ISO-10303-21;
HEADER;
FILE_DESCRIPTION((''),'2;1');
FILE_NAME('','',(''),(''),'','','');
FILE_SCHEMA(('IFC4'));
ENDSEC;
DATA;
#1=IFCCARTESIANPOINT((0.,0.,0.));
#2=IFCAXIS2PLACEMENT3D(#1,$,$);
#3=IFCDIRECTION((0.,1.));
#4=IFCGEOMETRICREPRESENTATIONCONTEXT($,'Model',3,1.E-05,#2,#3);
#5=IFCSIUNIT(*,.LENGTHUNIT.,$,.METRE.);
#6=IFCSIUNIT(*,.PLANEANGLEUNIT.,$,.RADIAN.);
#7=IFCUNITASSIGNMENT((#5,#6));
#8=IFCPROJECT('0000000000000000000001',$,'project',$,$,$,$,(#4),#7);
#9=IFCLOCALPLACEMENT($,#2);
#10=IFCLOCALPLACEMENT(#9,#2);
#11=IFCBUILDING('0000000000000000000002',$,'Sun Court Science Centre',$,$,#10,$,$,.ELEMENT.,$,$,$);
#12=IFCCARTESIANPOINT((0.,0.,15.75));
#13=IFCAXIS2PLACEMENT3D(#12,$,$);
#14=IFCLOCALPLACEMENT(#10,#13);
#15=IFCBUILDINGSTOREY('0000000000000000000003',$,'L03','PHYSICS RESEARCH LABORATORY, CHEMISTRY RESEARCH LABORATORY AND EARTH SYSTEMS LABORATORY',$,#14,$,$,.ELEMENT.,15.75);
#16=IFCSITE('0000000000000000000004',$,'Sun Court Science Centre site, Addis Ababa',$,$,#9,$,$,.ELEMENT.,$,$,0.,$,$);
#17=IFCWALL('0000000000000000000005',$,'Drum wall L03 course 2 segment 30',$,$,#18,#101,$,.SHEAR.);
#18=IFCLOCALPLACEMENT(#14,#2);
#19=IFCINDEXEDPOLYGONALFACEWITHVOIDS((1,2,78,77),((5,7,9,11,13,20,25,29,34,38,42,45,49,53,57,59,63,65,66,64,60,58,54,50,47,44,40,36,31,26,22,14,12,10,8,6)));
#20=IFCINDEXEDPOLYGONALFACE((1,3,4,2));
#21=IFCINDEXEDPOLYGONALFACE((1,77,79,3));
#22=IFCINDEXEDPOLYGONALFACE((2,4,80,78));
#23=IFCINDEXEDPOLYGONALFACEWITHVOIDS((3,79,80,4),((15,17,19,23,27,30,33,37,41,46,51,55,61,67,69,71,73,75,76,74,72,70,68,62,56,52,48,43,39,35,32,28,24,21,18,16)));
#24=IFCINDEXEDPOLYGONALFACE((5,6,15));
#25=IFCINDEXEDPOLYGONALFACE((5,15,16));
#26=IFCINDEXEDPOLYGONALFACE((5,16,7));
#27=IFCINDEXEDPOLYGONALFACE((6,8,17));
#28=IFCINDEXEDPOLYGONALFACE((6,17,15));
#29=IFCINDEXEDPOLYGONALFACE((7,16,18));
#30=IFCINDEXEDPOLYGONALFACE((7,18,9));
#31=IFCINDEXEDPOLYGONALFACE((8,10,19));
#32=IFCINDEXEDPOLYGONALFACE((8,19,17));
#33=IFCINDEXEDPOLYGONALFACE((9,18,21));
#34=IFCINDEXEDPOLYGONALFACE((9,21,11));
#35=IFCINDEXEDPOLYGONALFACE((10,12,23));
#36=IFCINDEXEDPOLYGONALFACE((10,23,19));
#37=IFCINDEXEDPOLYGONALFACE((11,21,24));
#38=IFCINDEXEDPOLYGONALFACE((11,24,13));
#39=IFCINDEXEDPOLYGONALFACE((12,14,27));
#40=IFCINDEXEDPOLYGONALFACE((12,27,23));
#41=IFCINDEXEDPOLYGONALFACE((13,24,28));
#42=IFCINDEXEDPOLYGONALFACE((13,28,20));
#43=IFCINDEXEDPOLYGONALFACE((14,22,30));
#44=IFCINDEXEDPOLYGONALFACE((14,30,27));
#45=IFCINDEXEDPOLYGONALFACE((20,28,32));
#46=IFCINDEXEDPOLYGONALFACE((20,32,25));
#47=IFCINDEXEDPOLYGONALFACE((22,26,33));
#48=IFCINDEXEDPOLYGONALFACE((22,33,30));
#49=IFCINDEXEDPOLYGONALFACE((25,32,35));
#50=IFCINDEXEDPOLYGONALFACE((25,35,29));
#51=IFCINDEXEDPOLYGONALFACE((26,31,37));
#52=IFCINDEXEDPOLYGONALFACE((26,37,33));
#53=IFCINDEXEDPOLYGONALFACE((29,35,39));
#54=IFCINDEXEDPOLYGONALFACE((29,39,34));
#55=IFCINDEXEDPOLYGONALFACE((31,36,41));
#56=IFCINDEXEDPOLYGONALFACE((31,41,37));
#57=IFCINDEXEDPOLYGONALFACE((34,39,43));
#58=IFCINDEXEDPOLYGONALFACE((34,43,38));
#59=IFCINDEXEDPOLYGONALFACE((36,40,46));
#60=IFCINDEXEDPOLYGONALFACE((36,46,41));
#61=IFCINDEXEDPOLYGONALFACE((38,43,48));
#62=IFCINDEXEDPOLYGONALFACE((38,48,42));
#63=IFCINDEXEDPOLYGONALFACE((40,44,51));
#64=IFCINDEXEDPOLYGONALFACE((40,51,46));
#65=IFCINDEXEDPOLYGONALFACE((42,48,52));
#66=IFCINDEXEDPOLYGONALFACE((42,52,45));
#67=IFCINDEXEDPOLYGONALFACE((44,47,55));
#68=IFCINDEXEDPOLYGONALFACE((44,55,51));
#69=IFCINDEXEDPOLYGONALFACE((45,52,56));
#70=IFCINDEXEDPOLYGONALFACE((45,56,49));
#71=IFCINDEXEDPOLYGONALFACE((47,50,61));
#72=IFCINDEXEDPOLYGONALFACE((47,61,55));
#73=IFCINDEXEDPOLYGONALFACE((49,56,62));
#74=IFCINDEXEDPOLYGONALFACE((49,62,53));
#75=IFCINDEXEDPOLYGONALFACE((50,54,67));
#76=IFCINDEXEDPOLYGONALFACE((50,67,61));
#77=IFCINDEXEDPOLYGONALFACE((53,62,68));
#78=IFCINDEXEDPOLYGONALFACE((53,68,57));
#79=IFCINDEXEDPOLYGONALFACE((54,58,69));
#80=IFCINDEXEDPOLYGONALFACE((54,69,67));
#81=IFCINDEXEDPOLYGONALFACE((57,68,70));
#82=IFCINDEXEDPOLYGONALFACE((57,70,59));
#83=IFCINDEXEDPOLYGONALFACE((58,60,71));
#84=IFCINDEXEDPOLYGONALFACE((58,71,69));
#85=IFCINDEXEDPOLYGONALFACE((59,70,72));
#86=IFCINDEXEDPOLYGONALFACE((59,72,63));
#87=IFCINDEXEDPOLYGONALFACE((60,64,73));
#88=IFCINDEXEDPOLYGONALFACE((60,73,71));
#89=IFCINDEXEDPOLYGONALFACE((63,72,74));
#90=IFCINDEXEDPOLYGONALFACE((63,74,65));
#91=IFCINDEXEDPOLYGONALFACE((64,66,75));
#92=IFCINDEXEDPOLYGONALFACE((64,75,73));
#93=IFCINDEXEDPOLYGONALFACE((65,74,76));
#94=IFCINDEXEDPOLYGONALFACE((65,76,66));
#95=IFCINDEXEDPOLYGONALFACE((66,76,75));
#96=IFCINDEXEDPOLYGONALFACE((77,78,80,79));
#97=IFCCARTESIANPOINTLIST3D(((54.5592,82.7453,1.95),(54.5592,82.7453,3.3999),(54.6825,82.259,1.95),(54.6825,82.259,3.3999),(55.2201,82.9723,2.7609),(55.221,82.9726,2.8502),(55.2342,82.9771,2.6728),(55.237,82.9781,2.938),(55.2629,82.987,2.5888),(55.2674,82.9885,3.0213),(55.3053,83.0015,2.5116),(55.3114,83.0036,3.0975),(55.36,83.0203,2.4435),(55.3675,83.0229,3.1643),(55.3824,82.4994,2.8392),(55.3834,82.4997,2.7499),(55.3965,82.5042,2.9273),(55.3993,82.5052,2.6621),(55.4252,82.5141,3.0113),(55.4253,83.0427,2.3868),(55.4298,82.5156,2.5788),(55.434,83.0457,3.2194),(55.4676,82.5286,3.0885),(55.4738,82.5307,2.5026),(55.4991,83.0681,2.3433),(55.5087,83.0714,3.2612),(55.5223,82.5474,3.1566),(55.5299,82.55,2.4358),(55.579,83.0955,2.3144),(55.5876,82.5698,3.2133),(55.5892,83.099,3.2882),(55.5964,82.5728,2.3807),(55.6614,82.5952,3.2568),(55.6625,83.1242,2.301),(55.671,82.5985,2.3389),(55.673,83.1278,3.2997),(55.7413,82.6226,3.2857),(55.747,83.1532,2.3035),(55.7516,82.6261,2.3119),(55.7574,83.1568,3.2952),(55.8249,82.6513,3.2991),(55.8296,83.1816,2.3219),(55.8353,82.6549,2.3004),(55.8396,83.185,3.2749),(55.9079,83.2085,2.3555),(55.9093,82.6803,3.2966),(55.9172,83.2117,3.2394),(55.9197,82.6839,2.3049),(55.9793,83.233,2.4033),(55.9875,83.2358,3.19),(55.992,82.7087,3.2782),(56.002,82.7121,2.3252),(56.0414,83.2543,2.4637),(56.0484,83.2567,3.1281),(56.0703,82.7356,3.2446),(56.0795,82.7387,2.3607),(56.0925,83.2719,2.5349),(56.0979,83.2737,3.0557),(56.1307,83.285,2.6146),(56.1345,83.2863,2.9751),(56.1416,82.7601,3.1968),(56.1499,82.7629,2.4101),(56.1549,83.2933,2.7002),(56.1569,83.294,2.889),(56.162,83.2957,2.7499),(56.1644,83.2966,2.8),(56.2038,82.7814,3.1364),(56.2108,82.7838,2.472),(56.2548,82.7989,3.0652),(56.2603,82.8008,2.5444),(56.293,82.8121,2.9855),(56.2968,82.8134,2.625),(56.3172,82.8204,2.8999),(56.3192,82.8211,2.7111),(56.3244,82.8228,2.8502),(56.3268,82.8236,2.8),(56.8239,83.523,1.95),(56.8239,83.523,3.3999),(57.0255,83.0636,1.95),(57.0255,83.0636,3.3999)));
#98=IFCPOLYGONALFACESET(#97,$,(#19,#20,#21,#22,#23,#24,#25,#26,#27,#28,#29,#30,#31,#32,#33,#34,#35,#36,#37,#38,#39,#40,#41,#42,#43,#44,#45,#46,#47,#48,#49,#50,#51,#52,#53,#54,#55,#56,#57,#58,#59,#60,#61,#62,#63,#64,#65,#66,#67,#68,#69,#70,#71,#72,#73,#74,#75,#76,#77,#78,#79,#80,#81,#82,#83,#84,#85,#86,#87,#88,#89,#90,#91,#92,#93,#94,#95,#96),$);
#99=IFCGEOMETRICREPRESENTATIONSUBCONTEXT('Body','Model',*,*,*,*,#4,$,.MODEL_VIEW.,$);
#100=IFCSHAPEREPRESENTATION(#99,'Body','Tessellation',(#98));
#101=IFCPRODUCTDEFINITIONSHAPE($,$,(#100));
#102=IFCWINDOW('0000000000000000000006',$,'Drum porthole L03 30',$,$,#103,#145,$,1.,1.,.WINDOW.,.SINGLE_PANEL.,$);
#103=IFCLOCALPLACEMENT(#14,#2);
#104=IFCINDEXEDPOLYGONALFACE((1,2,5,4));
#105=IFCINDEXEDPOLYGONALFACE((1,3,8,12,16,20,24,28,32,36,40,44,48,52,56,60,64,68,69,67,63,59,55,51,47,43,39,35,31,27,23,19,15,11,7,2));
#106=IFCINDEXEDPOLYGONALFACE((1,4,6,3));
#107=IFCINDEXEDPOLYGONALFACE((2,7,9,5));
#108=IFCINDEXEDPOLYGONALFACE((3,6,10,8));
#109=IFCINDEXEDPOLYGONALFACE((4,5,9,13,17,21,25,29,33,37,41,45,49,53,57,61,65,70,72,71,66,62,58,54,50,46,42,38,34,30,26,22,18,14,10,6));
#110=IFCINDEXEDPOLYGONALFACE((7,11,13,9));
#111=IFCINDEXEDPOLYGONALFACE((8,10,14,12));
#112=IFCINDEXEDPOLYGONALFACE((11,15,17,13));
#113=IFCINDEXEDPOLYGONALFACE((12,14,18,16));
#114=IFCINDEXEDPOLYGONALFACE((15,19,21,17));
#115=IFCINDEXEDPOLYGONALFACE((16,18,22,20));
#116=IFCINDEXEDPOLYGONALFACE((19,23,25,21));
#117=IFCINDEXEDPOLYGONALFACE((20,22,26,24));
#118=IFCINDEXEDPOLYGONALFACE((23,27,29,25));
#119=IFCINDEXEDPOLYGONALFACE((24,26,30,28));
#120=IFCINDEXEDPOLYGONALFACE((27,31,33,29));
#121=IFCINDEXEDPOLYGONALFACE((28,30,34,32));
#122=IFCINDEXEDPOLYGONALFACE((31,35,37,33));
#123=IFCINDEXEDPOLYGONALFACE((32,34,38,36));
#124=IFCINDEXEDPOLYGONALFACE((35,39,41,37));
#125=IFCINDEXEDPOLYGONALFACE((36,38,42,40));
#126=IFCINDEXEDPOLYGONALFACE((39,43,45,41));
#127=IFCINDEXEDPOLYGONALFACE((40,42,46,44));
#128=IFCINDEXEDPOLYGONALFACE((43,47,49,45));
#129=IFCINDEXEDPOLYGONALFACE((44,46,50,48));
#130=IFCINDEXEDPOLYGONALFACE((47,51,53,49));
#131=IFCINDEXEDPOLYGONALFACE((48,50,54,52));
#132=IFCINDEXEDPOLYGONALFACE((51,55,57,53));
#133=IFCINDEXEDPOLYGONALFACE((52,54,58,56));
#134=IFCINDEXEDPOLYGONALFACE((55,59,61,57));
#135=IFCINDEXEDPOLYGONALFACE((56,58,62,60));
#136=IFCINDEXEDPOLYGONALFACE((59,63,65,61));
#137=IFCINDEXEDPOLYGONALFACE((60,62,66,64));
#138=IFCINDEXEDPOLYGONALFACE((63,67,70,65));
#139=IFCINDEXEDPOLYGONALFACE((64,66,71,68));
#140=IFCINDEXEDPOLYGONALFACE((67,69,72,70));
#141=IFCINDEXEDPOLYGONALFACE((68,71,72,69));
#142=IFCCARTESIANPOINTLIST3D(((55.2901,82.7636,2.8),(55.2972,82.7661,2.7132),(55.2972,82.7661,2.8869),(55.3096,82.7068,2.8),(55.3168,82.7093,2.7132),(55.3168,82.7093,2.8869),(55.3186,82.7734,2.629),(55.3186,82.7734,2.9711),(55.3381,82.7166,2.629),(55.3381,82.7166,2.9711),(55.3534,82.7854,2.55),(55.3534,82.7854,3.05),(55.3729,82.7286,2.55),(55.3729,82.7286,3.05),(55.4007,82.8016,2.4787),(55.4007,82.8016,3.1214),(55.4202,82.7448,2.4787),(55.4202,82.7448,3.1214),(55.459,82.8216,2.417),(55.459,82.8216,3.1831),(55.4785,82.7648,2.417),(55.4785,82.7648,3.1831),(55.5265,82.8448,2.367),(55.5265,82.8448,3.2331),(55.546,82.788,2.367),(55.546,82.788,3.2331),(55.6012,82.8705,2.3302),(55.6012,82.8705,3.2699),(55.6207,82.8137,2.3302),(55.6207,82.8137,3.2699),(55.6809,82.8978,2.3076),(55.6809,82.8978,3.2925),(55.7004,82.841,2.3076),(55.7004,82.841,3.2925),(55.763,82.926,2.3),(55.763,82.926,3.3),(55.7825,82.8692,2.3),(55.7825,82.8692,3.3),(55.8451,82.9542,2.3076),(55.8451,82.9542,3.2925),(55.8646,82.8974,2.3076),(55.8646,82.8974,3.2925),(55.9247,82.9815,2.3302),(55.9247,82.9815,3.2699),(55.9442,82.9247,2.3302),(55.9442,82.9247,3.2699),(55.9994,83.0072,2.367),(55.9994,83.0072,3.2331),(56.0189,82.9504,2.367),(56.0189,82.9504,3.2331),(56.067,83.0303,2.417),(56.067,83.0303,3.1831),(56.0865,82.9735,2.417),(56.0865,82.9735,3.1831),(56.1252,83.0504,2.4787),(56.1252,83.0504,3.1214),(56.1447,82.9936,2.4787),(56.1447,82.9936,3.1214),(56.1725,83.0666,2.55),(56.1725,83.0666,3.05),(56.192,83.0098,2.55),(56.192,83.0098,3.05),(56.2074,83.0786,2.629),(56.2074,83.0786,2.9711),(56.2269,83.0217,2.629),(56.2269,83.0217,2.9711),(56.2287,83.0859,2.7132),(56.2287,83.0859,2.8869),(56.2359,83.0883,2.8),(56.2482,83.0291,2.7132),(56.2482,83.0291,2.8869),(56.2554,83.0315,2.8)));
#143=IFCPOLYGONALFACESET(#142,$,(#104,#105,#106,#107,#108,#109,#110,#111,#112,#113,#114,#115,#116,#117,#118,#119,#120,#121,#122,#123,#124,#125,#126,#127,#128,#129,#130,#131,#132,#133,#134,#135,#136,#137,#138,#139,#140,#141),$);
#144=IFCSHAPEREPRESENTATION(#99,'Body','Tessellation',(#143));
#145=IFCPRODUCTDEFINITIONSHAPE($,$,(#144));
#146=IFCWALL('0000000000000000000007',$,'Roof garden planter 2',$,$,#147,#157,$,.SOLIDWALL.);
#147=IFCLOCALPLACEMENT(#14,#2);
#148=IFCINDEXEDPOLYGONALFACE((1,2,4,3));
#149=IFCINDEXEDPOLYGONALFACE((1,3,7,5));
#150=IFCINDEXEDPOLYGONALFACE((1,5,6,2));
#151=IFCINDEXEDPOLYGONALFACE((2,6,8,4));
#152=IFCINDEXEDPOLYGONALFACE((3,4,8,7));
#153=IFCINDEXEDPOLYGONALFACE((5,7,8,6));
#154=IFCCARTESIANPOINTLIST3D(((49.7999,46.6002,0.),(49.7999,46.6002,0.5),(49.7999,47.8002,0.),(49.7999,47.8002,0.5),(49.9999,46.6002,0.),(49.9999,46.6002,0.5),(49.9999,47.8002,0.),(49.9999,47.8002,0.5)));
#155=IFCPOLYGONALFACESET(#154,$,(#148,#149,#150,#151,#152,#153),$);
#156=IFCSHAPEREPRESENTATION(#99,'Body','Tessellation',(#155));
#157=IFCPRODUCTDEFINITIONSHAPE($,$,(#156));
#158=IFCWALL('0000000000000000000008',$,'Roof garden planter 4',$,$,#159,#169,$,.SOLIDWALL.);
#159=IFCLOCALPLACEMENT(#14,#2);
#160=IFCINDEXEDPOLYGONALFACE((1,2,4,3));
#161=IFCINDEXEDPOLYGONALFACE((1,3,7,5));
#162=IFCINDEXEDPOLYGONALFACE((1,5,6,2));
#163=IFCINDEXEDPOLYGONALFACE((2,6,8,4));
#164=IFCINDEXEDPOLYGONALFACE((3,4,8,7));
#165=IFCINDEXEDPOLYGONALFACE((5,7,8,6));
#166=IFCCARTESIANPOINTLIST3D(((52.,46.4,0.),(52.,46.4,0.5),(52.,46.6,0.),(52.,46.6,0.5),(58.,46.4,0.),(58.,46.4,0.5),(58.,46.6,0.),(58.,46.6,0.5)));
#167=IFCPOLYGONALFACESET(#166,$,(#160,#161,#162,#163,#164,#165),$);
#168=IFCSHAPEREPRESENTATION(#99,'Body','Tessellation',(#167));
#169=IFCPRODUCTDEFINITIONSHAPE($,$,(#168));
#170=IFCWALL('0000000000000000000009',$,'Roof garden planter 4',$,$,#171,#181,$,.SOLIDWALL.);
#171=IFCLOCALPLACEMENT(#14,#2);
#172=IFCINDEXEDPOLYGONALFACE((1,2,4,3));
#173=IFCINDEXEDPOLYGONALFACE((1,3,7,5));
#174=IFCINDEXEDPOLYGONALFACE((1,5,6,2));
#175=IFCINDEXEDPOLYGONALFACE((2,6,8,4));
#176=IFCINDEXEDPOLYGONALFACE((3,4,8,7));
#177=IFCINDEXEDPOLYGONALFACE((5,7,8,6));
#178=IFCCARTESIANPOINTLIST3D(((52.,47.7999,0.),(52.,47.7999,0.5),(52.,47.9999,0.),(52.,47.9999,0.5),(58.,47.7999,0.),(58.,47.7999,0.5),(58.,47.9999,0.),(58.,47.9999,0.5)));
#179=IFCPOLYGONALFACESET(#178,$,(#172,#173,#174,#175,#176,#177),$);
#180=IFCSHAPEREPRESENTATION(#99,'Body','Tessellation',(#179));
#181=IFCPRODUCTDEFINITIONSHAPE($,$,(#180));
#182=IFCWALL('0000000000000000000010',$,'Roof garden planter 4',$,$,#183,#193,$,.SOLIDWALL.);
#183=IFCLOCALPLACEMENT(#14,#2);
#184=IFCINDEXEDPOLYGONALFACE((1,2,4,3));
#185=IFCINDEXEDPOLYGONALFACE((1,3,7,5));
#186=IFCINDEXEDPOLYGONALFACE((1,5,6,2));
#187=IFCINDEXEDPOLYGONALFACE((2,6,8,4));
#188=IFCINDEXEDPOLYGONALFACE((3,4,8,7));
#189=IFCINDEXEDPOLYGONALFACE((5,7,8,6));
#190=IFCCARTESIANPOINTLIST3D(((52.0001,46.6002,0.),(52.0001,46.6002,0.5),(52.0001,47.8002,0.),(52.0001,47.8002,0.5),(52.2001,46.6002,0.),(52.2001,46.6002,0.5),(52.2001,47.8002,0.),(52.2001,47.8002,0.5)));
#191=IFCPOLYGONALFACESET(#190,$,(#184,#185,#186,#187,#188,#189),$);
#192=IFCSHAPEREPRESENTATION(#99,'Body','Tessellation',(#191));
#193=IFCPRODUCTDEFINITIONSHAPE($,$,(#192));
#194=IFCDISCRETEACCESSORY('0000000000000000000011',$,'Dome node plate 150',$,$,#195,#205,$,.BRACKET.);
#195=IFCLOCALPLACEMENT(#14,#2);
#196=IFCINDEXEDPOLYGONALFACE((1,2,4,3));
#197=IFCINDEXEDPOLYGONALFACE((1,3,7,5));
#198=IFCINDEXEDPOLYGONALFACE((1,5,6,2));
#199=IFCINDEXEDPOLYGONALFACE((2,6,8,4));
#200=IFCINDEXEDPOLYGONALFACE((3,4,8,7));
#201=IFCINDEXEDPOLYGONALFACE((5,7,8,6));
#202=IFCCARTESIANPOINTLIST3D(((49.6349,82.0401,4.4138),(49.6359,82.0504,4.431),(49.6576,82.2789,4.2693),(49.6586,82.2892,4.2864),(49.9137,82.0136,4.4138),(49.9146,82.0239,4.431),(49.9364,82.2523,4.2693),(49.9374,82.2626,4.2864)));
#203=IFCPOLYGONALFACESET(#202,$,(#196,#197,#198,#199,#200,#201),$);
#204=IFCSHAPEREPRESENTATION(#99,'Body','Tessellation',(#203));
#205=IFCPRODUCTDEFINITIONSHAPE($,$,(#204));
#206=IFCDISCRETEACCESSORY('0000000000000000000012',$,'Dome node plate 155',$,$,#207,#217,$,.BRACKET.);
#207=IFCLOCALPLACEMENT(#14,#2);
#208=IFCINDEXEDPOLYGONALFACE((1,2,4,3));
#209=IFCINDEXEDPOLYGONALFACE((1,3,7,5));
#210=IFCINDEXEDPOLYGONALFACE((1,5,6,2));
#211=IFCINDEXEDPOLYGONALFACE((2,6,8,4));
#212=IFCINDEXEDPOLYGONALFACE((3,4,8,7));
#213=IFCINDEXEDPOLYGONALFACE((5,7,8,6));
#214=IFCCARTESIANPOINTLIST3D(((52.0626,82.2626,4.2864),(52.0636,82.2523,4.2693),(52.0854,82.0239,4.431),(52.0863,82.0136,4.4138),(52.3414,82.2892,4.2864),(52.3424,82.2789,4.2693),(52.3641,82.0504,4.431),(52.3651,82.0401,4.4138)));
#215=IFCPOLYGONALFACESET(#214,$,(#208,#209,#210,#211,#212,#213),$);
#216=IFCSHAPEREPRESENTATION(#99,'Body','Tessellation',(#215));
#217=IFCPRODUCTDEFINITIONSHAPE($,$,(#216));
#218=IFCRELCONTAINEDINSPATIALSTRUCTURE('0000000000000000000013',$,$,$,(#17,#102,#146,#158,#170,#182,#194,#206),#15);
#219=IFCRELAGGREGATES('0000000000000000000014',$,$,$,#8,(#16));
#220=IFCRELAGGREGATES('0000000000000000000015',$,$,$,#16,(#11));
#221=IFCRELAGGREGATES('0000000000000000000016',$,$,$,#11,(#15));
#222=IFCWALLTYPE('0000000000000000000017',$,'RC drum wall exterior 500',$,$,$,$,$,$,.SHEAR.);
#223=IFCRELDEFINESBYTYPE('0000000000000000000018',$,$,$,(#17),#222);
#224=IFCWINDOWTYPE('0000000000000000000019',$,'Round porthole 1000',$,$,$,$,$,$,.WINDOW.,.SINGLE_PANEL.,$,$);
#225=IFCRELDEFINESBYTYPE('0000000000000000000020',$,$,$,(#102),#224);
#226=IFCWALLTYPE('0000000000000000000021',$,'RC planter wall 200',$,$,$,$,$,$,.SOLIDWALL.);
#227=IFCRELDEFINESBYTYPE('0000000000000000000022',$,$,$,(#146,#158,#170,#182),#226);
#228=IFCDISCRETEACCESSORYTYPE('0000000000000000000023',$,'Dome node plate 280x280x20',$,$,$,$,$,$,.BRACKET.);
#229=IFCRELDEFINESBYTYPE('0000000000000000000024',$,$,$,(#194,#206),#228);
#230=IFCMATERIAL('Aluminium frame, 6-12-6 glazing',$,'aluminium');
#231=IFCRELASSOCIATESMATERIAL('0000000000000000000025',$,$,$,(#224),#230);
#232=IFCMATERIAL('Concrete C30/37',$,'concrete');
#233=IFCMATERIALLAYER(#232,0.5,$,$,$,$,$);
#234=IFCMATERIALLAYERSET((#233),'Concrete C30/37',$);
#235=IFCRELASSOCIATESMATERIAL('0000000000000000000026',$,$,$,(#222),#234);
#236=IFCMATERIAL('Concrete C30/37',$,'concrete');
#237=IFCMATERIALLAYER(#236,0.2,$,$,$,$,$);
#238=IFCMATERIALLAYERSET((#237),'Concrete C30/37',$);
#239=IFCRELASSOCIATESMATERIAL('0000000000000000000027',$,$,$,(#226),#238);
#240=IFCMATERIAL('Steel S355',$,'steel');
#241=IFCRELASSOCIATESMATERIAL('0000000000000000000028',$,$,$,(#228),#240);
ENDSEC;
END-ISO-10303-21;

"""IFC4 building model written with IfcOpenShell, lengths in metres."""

from ifc_helpers import new_model, si_unit, direction, frame, frame_2d, origin, origin_2d, place, context, subcontext, project, spatial, polyline, rectangle, circle, outline, extrude, material, layer, layer_set, material_profile, profile_set, type_object, element, fill, save


model = new_model("IFC4")

# Units and contexts
model_context = context("Model", 3, precision=1e-05, world=origin(), true_north=direction((0.0, 1.0)))
body_context = subcontext(model_context, "Body", "Model", "MODEL_VIEW")
ifc_project = project(units=[si_unit("LENGTHUNIT", "METRE"), si_unit("PLANEANGLEUNIT", "RADIAN")], contexts=[model_context])

# Site, building, storey
site_placement = place(None, origin())
site = spatial("IfcSite", under=ifc_project, at=site_placement, Name="Sun Court Science Centre site, Addis Ababa", CompositionType="ELEMENT", RefElevation=0.0)
building_placement = place(site_placement, origin())
building = spatial("IfcBuilding", under=site, at=building_placement, Name="Sun Court Science Centre", CompositionType="ELEMENT")
storey_placement = place(building_placement, frame((0.0, 0.0, 15.75)))
storey = spatial("IfcBuildingStorey", under=building, at=storey_placement, Name="L03", Description="PHYSICS RESEARCH LABORATORY, CHEMISTRY RESEARCH LABORATORY AND EARTH SYSTEMS LABORATORY", CompositionType="ELEMENT", Elevation=15.75)

# Shared definitions
ifc_material_1 = material(Name="Aluminium frame, 6-12-6 glazing", Category="aluminium")
window_type = type_object("IfcWindowType", Name="Round porthole 1000", PartitioningType="SINGLE_PANEL", PredefinedType="WINDOW", material=ifc_material_1)

# Shared definitions
ifc_material_2 = material(Name="Concrete C30/37", Category="concrete")
ifc_layer_1 = layer(ifc_material_2, 0.5)
ifc_layer_set_1 = layer_set([ifc_layer_1], Name="Concrete C30/37")
wall_type_1 = type_object("IfcWallType", Name="RC drum wall exterior 500", PredefinedType="SHEAR", material=ifc_layer_set_1)

# Wall, opening, window
wall_1_placement = place(storey_placement, frame((54.6011, 82.4954, 1.95), z_axis=(0.0, 0.0, 1.0), x_axis=(0.945817, 0.3247, 0.0)))
wall_1 = element("IfcWall", 1, at=wall_1_placement, inside=storey, type_object=wall_type_1, Name="Drum wall L03 course 2 segment 30", PredefinedType="SHEAR", context=body_context, shape_type="SweptSolid", body=[
    extrude(outline(polyline([(0.0002, -0.25), (2.4775, -0.2498), (2.436, 0.2502), (0.0415, 0.25), (0.0002, -0.25)])), origin(), (0.0, 0.0, 1.0), 1.45),
])
opening_1_placement = place(wall_1_placement, frame((0.7388, 0.0, 0.3501)))
opening_1 = element("IfcOpeningElement", 2, at=opening_1_placement, cuts=wall_1, PredefinedType="OPENING", context=body_context, shape_type="SweptSolid", body=[
    extrude(circle(Radius=0.5, at=frame_2d((0.5, 0.5))), frame((0.0, 0.26, 0.0), z_axis=(0.0, -1.0, 0.0), x_axis=(1.0, 0.0, 0.0)), (0.0, 0.0, 1.0), 0.52),
])
window_1_placement = place(opening_1_placement, origin())
window_1 = element("IfcWindow", 3, at=window_1_placement, inside=storey, type_object=window_type, Name="Drum porthole L03 30", OverallHeight=1.0, OverallWidth=1.0, PartitioningType="SINGLE_PANEL", PredefinedType="WINDOW", context=body_context, shape_type="SweptSolid", body=[
    extrude(circle(Radius=0.5, at=frame_2d((0.5, 0.5))), frame((0.0, 0.03, 0.0), z_axis=(0.0, -1.0, 0.0), x_axis=(1.0, 0.0, 0.0)), (0.0, 0.0, 1.0), 0.0601),
])
fill(opening_1, window_1)

# Walls
ifc_material_3 = material(Name="Concrete C30/37", Category="concrete")
ifc_layer_2 = layer(ifc_material_3, 0.2)
ifc_layer_set_2 = layer_set([ifc_layer_2], Name="Concrete C30/37")
wall_type_2 = type_object("IfcWallType", Name="RC planter wall 200", PredefinedType="SOLIDWALL", material=ifc_layer_set_2)
wall_2_placement = place(storey_placement, frame((49.8999, 46.6001, 0.0), z_axis=(0.0, 0.0, 1.0), x_axis=(0.0, 1.0, 0.0)))
element("IfcWall", 4, at=wall_2_placement, inside=storey, type_object=wall_type_2, Name="Roof garden planter 2", PredefinedType="SOLIDWALL", context=body_context, shape_type="SweptSolid", body=[
    extrude(rectangle(XDim=1.2, YDim=0.2, at=frame_2d((0.6001, 0.0))), origin(), (0.0, 0.0, 1.0), 0.5),
])
for number, where, z_axis, x_axis, name in (
    (5, (52.0, 46.5, 0.0), (0.0, 0.0, 1.0), (1.0, 0.0, 0.0), "Roof garden planter 4"),
    (6, (52.0, 47.8999, 0.0), (0.0, 0.0, 1.0), (1.0, 0.0, 0.0), "Roof garden planter 4"),
):
    element("IfcWall", number, at=place(storey_placement, frame(where, z_axis=z_axis, x_axis=x_axis)), inside=storey, type_object=wall_type_2, Name=name, PredefinedType="SOLIDWALL", context=body_context, shape_type="SweptSolid", body=[
        extrude(rectangle(XDim=6.0, YDim=0.2, at=frame_2d((3.0, 0.0))), origin(), (0.0, 0.0, 1.0), 0.5),
    ])
wall_3_placement = place(storey_placement, frame((52.1001, 46.6001, 0.0), z_axis=(0.0, 0.0, 1.0), x_axis=(0.0, 1.0, 0.0)))
element("IfcWall", 7, at=wall_3_placement, inside=storey, type_object=wall_type_2, Name="Roof garden planter 4", PredefinedType="SOLIDWALL", context=body_context, shape_type="SweptSolid", body=[
    extrude(rectangle(XDim=1.2, YDim=0.2, at=frame_2d((0.6001, 0.0))), origin(), (0.0, 0.0, 1.0), 0.5),
])

# Discrete accessories
ifc_material_4 = material(Name="Steel S355", Category="steel")
ifc_material_profile_1 = material_profile(ifc_material_4, rectangle(XDim=0.28, YDim=0.28, at=origin_2d()), Name="PL 280x280")
ifc_profile_set_1 = profile_set([ifc_material_profile_1], Name="Steel S355")
discrete_accessory_type = type_object("IfcDiscreteAccessoryType", Name="Dome node plate 280x280x20", PredefinedType="BRACKET", material=ifc_profile_set_1)
for number, where, z_axis, x_axis, name in (
    (8, (49.7856, 82.1462, 4.3416), (0.048941, 0.513879, 0.856465), (-0.995495, 0.094809, 0.0), "Dome node plate 150"),
    (9, (52.2144, 82.1462, 4.3416), (-0.048941, 0.513879, 0.856465), (-0.995495, -0.094809, 0.0), "Dome node plate 155"),
):
    element("IfcDiscreteAccessory", number, at=place(storey_placement, frame(where, z_axis=z_axis, x_axis=x_axis)), inside=storey, type_object=discrete_accessory_type, Name=name, PredefinedType="BRACKET", context=body_context, shape_type="SweptSolid", body=[
        extrude(rectangle(XDim=0.28, YDim=0.28, at=origin_2d()), origin(), (0.0, 0.0, 1.0), 0.02),
    ])

save(model, "model.ifc")
